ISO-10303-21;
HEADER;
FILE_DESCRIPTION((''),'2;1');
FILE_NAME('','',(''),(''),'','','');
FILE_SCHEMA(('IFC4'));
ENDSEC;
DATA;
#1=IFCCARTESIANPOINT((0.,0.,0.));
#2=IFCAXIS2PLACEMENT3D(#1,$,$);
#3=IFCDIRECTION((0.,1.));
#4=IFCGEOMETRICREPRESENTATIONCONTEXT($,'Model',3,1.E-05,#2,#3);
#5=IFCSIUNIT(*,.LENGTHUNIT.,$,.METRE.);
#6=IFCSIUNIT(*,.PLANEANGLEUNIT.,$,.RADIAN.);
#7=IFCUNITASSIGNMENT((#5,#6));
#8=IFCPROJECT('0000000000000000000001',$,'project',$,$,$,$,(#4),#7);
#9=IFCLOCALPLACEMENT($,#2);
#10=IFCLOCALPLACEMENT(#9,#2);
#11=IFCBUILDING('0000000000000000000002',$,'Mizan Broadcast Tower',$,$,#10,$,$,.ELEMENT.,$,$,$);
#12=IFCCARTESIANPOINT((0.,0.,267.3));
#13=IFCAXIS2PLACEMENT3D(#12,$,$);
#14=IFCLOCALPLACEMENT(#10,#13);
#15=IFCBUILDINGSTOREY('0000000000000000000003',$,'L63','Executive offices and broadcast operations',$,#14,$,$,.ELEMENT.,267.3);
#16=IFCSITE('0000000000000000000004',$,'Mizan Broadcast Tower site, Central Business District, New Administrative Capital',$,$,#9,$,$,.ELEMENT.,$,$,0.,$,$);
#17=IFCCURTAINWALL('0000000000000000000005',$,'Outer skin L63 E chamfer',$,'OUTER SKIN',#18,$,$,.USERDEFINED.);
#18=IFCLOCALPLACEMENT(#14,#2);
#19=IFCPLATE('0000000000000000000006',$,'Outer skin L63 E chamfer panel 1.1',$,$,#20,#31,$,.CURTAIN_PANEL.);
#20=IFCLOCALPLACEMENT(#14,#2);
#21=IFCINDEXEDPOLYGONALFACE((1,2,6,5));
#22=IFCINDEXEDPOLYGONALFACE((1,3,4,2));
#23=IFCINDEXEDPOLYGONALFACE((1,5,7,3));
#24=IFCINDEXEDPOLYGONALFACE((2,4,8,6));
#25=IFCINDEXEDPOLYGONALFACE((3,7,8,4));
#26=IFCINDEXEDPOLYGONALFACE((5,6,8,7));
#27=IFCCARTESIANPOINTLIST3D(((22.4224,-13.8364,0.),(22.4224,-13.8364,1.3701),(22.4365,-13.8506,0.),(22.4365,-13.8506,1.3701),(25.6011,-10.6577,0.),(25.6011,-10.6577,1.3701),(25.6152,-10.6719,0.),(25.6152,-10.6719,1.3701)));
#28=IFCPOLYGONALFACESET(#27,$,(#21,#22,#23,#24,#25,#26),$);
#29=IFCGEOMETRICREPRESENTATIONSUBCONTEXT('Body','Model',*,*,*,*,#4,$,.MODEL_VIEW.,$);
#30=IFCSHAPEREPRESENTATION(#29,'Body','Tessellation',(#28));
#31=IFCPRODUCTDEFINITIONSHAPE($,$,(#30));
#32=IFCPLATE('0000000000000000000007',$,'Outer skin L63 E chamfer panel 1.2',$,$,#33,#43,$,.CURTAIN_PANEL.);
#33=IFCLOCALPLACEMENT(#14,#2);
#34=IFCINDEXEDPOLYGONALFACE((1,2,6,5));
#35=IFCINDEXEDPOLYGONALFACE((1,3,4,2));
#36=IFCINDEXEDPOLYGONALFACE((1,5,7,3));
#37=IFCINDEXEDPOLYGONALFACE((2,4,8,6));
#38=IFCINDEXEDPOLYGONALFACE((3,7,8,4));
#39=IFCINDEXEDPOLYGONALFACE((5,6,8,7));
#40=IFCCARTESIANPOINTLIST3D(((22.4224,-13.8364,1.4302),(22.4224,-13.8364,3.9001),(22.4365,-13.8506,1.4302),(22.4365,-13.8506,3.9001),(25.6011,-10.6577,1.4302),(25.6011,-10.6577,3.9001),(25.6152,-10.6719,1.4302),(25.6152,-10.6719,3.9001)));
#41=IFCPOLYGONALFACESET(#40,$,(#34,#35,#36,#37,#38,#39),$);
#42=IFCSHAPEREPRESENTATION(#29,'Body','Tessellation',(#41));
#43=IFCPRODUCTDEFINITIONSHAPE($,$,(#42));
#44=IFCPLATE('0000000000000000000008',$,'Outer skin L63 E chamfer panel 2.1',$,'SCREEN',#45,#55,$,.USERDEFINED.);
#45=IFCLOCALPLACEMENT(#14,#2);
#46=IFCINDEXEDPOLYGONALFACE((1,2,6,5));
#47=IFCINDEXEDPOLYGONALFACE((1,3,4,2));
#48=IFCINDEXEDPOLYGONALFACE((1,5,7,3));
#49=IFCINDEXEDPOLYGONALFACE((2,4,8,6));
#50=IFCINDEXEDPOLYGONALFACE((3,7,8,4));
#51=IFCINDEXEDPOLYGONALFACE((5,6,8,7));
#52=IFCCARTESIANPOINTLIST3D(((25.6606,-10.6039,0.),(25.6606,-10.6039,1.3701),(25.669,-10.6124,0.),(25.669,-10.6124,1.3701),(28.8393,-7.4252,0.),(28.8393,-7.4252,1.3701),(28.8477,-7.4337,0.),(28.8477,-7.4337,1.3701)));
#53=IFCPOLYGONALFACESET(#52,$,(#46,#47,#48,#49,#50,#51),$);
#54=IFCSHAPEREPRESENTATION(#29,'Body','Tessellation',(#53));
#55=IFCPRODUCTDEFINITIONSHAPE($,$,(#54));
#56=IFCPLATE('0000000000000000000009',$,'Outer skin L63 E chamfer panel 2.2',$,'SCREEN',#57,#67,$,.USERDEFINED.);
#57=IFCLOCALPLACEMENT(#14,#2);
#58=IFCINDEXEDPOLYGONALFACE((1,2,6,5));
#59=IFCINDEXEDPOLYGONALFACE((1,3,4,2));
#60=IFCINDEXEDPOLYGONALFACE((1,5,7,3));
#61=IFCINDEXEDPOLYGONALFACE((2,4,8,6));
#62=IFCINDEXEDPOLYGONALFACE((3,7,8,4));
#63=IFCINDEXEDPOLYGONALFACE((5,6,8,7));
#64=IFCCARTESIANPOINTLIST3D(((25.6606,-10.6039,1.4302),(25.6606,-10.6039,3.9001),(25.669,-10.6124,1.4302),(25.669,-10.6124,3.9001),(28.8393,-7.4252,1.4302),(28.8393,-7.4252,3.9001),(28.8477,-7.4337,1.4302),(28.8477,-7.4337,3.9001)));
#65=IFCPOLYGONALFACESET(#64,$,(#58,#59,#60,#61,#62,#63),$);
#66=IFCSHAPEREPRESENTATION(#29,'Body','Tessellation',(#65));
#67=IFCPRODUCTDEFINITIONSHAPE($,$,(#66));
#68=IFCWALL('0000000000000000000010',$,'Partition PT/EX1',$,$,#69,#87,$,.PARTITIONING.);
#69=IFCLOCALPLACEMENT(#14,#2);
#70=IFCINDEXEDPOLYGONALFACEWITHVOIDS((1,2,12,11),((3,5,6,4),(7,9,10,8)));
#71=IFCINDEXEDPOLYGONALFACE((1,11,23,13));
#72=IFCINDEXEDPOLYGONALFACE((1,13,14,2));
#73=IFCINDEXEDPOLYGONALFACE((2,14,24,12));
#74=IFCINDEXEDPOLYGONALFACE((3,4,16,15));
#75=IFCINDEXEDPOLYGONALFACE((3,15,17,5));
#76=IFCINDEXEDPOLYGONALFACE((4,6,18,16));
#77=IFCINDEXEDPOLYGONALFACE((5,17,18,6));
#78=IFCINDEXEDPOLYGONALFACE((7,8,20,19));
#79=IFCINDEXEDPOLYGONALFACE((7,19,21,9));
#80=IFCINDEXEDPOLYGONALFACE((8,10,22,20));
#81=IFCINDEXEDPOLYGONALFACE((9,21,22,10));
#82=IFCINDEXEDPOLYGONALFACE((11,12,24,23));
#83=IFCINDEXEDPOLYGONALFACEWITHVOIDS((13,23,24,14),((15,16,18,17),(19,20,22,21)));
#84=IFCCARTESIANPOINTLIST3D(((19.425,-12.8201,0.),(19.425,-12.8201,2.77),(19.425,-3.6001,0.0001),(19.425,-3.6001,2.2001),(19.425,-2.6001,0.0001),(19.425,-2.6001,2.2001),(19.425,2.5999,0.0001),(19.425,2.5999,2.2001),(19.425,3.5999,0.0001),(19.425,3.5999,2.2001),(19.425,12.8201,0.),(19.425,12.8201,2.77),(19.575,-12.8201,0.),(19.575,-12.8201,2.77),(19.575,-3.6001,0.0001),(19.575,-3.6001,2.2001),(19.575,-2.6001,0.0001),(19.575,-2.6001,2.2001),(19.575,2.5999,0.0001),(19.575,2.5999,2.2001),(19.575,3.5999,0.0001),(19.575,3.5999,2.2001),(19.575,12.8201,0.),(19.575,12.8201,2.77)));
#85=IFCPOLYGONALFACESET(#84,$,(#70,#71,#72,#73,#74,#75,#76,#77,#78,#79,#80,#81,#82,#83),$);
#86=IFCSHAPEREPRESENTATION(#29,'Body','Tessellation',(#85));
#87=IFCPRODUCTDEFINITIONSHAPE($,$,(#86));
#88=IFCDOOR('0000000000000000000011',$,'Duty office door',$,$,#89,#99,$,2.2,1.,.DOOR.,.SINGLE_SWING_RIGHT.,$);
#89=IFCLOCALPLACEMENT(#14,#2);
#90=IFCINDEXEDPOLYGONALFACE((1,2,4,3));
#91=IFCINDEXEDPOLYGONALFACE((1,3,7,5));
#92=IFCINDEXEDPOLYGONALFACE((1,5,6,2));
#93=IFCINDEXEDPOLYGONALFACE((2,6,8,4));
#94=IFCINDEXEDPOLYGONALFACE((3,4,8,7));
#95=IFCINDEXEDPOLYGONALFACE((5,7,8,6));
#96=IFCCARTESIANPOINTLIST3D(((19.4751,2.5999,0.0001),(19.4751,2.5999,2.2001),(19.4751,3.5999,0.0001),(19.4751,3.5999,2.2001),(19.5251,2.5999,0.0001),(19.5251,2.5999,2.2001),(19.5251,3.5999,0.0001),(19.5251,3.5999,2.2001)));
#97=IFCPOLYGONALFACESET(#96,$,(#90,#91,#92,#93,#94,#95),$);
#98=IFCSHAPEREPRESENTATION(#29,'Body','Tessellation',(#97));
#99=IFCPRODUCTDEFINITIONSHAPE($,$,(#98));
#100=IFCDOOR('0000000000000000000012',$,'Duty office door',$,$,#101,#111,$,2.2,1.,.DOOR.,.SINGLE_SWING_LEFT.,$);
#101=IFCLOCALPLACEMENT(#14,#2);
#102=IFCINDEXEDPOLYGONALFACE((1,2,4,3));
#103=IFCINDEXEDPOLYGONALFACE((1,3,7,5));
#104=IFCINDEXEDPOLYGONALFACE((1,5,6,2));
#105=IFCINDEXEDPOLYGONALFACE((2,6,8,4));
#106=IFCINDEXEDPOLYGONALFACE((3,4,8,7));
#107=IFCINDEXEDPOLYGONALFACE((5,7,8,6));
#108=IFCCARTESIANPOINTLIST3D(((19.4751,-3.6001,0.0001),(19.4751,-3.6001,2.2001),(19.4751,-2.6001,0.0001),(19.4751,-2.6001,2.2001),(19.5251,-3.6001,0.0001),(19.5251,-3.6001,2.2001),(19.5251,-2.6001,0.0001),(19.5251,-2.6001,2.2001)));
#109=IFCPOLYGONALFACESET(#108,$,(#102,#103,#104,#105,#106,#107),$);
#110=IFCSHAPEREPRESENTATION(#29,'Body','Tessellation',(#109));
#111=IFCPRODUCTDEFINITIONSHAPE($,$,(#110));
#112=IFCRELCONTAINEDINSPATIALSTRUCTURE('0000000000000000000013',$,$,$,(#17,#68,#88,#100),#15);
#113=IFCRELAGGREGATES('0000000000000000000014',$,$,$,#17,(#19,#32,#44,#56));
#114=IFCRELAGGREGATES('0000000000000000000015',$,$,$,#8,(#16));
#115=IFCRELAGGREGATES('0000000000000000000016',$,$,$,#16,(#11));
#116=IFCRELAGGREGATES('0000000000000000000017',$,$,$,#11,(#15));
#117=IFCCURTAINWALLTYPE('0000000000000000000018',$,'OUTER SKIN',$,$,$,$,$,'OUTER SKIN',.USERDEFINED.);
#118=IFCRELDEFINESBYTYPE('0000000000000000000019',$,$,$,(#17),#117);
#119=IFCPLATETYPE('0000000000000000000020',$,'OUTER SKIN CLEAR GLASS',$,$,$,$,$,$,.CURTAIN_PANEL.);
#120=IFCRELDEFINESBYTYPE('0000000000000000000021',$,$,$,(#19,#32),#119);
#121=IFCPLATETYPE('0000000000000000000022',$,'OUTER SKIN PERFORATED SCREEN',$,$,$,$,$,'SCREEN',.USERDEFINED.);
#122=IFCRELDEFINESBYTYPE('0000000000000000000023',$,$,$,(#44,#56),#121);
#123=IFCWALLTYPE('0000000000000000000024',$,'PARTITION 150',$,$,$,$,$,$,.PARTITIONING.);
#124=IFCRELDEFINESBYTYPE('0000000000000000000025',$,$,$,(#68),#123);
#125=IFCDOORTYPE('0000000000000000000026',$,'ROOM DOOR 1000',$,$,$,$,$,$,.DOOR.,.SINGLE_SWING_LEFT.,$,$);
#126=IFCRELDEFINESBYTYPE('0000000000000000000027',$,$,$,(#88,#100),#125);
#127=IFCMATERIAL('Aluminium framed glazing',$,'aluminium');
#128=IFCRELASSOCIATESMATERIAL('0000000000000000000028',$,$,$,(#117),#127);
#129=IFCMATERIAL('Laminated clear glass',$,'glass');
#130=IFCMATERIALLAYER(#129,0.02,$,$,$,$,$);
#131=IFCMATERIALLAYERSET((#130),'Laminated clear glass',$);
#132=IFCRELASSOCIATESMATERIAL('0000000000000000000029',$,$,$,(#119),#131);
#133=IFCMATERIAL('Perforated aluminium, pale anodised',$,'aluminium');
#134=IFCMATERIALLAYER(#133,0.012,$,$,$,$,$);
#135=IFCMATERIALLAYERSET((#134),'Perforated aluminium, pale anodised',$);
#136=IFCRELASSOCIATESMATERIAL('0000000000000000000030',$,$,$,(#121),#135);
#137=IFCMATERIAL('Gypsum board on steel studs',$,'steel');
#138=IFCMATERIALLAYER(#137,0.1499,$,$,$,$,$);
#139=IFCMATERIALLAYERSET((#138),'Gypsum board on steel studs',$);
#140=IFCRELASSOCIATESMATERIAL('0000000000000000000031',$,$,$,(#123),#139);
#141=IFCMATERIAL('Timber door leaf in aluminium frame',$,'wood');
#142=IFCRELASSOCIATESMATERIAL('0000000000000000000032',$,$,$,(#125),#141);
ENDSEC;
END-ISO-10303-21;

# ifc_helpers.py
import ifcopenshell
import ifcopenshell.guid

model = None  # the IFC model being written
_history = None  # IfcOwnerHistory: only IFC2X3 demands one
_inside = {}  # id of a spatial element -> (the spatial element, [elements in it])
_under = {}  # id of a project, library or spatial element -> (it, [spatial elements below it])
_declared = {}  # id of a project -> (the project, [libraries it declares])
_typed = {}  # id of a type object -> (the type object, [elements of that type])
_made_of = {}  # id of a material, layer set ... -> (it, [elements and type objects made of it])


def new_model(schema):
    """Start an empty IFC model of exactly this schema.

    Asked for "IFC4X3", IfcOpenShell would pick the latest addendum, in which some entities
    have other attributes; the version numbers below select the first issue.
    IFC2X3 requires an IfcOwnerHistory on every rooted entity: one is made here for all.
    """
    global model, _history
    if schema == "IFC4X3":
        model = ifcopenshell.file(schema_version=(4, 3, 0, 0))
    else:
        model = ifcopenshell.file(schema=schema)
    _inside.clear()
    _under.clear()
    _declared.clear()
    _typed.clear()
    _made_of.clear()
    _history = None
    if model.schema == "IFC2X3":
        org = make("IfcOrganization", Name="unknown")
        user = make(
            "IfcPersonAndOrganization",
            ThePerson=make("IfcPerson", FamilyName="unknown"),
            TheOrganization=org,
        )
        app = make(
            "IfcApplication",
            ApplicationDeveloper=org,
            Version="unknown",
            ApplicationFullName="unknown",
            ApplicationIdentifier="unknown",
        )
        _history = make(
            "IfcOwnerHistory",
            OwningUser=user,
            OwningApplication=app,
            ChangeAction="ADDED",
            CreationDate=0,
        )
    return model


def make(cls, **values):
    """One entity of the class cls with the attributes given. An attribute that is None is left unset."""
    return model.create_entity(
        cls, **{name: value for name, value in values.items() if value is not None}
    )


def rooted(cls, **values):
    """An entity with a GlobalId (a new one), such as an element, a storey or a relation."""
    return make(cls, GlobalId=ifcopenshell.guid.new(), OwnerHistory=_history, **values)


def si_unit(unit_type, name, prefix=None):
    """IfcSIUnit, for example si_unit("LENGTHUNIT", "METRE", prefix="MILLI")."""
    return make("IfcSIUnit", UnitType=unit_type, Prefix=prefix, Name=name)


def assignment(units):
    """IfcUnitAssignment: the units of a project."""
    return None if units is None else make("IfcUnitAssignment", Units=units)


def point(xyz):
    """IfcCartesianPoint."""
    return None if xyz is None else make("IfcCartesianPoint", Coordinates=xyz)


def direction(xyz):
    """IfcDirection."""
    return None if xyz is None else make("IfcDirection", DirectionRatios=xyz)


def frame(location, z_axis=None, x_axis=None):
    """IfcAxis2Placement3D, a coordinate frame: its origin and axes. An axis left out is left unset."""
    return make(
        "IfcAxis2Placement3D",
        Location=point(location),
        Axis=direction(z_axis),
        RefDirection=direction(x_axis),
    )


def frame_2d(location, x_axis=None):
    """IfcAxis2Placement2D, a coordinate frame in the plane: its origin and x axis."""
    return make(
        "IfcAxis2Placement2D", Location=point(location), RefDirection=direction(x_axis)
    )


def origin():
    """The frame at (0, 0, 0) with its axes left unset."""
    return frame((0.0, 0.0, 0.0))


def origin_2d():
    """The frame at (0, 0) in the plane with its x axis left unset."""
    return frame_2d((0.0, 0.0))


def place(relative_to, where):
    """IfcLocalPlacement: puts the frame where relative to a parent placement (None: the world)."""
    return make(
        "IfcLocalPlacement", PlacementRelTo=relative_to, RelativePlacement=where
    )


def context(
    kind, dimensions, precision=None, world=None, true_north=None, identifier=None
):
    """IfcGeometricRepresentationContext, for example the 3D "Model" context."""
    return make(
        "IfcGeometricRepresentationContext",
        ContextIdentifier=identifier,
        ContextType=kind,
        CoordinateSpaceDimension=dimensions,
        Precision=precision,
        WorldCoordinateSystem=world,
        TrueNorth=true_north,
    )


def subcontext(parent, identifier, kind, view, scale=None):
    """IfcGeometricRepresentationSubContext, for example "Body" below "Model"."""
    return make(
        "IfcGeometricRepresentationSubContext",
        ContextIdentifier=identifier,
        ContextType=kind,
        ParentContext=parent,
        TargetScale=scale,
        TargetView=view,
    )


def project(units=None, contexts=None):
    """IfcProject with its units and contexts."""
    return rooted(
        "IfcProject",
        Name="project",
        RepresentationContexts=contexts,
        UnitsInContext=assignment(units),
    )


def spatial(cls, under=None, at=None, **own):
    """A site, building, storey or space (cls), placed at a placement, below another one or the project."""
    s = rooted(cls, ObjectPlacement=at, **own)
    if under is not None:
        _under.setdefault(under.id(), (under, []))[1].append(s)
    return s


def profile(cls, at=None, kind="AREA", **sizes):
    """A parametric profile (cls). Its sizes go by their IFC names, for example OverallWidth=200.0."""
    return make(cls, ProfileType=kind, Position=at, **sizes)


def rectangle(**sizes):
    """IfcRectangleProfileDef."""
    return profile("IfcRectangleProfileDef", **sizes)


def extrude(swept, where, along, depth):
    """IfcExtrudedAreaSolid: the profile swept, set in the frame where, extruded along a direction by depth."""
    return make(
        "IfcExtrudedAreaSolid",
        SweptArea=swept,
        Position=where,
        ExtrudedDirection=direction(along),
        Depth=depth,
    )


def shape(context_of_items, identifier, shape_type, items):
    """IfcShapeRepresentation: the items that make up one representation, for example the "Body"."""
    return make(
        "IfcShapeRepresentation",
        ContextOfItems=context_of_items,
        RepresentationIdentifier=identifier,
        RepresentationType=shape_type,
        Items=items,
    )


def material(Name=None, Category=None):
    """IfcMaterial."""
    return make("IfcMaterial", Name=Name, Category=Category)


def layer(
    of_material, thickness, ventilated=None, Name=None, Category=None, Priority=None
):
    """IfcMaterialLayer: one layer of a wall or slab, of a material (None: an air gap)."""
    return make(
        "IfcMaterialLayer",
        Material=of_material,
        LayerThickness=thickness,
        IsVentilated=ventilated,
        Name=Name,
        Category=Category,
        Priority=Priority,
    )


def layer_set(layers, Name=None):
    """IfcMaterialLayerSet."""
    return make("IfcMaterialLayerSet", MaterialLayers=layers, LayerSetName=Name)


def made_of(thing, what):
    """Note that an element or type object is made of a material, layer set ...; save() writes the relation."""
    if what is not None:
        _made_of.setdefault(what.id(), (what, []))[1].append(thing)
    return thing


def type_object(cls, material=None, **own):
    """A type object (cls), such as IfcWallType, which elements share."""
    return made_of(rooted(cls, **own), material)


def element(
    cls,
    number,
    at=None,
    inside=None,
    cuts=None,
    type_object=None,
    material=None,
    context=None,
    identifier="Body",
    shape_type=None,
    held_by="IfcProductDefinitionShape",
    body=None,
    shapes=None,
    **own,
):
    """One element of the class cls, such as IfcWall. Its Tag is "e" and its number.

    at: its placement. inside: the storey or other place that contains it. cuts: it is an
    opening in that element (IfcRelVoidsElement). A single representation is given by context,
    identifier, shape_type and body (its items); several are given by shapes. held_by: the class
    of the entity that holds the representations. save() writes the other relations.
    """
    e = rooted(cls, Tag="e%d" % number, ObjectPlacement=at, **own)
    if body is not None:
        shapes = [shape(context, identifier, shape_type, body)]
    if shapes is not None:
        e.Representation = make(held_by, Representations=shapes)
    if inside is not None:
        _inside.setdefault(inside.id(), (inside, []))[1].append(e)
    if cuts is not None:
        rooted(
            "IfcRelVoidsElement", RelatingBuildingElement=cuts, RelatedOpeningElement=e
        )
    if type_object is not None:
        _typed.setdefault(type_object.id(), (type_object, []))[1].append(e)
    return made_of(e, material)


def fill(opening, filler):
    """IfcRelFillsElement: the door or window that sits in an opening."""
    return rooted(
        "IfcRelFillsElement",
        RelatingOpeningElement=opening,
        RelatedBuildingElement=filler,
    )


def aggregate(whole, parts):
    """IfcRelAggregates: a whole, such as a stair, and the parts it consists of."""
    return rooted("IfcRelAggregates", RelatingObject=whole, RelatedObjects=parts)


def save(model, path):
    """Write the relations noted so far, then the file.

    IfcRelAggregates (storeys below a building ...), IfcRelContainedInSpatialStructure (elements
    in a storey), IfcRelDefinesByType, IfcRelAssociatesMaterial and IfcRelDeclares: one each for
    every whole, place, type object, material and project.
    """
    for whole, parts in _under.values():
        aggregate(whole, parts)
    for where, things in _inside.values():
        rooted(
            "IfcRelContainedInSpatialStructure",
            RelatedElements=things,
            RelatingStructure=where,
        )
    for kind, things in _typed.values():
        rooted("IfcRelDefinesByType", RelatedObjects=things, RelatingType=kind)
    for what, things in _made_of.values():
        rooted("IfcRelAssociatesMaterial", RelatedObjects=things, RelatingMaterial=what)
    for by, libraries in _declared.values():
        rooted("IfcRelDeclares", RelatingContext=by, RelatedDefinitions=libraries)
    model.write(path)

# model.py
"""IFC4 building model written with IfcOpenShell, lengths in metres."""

from ifc_helpers import new_model, si_unit, direction, frame, frame_2d, origin, origin_2d, place, context, subcontext, project, spatial, rectangle, extrude, material, layer, layer_set, type_object, element, fill, aggregate, save


model = new_model("IFC4")

# Units and contexts
model_context = context("Model", 3, precision=1e-05, world=origin(), true_north=direction((0.0, 1.0)))
body_context = subcontext(model_context, "Body", "Model", "MODEL_VIEW")
ifc_project = project(units=[si_unit("LENGTHUNIT", "METRE"), si_unit("PLANEANGLEUNIT", "RADIAN")], contexts=[model_context])

# Site, building, storey
site_placement = place(None, origin())
site = spatial("IfcSite", under=ifc_project, at=site_placement, Name="Mizan Broadcast Tower site, Central Business District, New Administrative Capital", CompositionType="ELEMENT", RefElevation=0.0)
building_placement = place(site_placement, origin())
building = spatial("IfcBuilding", under=site, at=building_placement, Name="Mizan Broadcast Tower", CompositionType="ELEMENT")
storey_placement = place(building_placement, frame((0.0, 0.0, 267.3)))
storey = spatial("IfcBuildingStorey", under=building, at=storey_placement, Name="L63", Description="Executive offices and broadcast operations", CompositionType="ELEMENT", Elevation=267.3)

# Curtain wall
ifc_material_1 = material(Name="Aluminium framed glazing", Category="aluminium")
curtain_wall_type_1 = type_object("IfcCurtainWallType", Name="OUTER SKIN", ElementType="OUTER SKIN", PredefinedType="USERDEFINED", material=ifc_material_1)
curtain_wall_1_placement = place(storey_placement, origin())
curtain_wall_1 = element("IfcCurtainWall", 1, at=curtain_wall_1_placement, inside=storey, type_object=curtain_wall_type_1, Name="Outer skin L63 E chamfer", ObjectType="OUTER SKIN", PredefinedType="USERDEFINED")

# Plates
ifc_material_2 = material(Name="Laminated clear glass", Category="glass")
ifc_layer_1 = layer(ifc_material_2, 0.02)
ifc_layer_set_1 = layer_set([ifc_layer_1], Name="Laminated clear glass")
plate_type_1 = type_object("IfcPlateType", Name="OUTER SKIN CLEAR GLASS", PredefinedType="CURTAIN_PANEL", material=ifc_layer_set_1)
plate_1_placement = place(storey_placement, frame((24.0188, -12.2542, 0.0), z_axis=(0.0, 0.0, 1.0), x_axis=(0.707107, 0.707107, 0.0)))
plate_1 = element("IfcPlate", 2, at=plate_1_placement, type_object=plate_type_1, Name="Outer skin L63 E chamfer panel 1.1", PredefinedType="CURTAIN_PANEL", context=body_context, shape_type="SweptSolid", body=[
    extrude(rectangle(XDim=4.4954, YDim=0.02, at=origin_2d()), origin(), (0.0, 0.0, 1.0), 1.3701),
])
plate_2_placement = place(storey_placement, frame((24.0188, -12.2542, 1.4302), z_axis=(0.0, 0.0, 1.0), x_axis=(0.707107, 0.707107, 0.0)))
plate_2 = element("IfcPlate", 3, at=plate_2_placement, type_object=plate_type_1, Name="Outer skin L63 E chamfer panel 1.2", PredefinedType="CURTAIN_PANEL", context=body_context, shape_type="SweptSolid", body=[
    extrude(rectangle(XDim=4.4954, YDim=0.02, at=origin_2d()), origin(), (0.0, 0.0, 1.0), 2.47),
])
ifc_material_3 = material(Name="Perforated aluminium, pale anodised", Category="aluminium")
ifc_layer_2 = layer(ifc_material_3, 0.012)
ifc_layer_set_2 = layer_set([ifc_layer_2], Name="Perforated aluminium, pale anodised")
plate_type_2 = type_object("IfcPlateType", Name="OUTER SKIN PERFORATED SCREEN", ElementType="SCREEN", PredefinedType="USERDEFINED", material=ifc_layer_set_2)
plate_3_placement = place(storey_placement, frame((27.2542, -9.0188, 0.0), z_axis=(0.0, 0.0, 1.0), x_axis=(0.707107, 0.707107, 0.0)))
plate_3 = element("IfcPlate", 4, at=plate_3_placement, type_object=plate_type_2, Name="Outer skin L63 E chamfer panel 2.1", ObjectType="SCREEN", PredefinedType="USERDEFINED", context=body_context, shape_type="SweptSolid", body=[
    extrude(rectangle(XDim=4.4954, YDim=0.012, at=origin_2d()), origin(), (0.0, 0.0, 1.0), 1.3701),
])
plate_4_placement = place(storey_placement, frame((27.2542, -9.0188, 1.4302), z_axis=(0.0, 0.0, 1.0), x_axis=(0.707107, 0.707107, 0.0)))
plate_4 = element("IfcPlate", 5, at=plate_4_placement, type_object=plate_type_2, Name="Outer skin L63 E chamfer panel 2.2", ObjectType="SCREEN", PredefinedType="USERDEFINED", context=body_context, shape_type="SweptSolid", body=[
    extrude(rectangle(XDim=4.4954, YDim=0.012, at=origin_2d()), origin(), (0.0, 0.0, 1.0), 2.47),
])
aggregate(curtain_wall_1, [plate_1, plate_2, plate_3, plate_4])

# Wall, openings, doors
ifc_material_4 = material(Name="Gypsum board on steel studs", Category="steel")
ifc_layer_3 = layer(ifc_material_4, 0.1499)
ifc_layer_set_3 = layer_set([ifc_layer_3], Name="Gypsum board on steel studs")
wall_type = type_object("IfcWallType", Name="PARTITION 150", PredefinedType="PARTITIONING", material=ifc_layer_set_3)
wall_placement = place(storey_placement, frame((19.5, -12.8201, 0.0), z_axis=(0.0, 0.0, 1.0), x_axis=(0.0, 1.0, 0.0)))
wall = element("IfcWall", 6, at=wall_placement, inside=storey, type_object=wall_type, Name="Partition PT/EX1", PredefinedType="PARTITIONING", context=body_context, shape_type="SweptSolid", body=[
    extrude(rectangle(XDim=25.6401, YDim=0.1499, at=frame_2d((12.8201, 0.0))), origin(), (0.0, 0.0, 1.0), 2.77),
])
opening_1_placement = place(wall_placement, frame((15.4199, 0.0, 0.0)))
opening_1 = element("IfcOpeningElement", 7, at=opening_1_placement, cuts=wall, PredefinedType="OPENING", context=body_context, shape_type="SweptSolid", body=[
    extrude(rectangle(XDim=1.0, YDim=2.2, at=frame_2d((0.5, 1.1001))), frame((0.0, 0.085, 0.0), z_axis=(0.0, -1.0, 0.0), x_axis=(1.0, 0.0, 0.0)), (0.0, 0.0, 1.0), 0.1699),
])
opening_2_placement = place(wall_placement, frame((9.22, 0.0, 0.0)))
opening_2 = element("IfcOpeningElement", 8, at=opening_2_placement, cuts=wall, PredefinedType="OPENING", context=body_context, shape_type="SweptSolid", body=[
    extrude(rectangle(XDim=1.0, YDim=2.2, at=frame_2d((0.5, 1.1001))), frame((0.0, 0.085, 0.0), z_axis=(0.0, -1.0, 0.0), x_axis=(1.0, 0.0, 0.0)), (0.0, 0.0, 1.0), 0.1699),
])
ifc_material_5 = material(Name="Timber door leaf in aluminium frame", Category="wood")
door_type = type_object("IfcDoorType", Name="ROOM DOOR 1000", OperationType="SINGLE_SWING_LEFT", PredefinedType="DOOR", material=ifc_material_5)
door_1_placement = place(opening_1_placement, origin())
door_1 = element("IfcDoor", 9, at=door_1_placement, inside=storey, type_object=door_type, Name="Duty office door", OperationType="SINGLE_SWING_RIGHT", OverallHeight=2.2, OverallWidth=1.0, PredefinedType="DOOR", context=body_context, shape_type="SweptSolid", body=[
    extrude(rectangle(XDim=1.0, YDim=2.2, at=frame_2d((0.5, 1.1001))), frame((0.0, 0.0249, 0.0), z_axis=(0.0, -1.0, 0.0), x_axis=(1.0, 0.0, 0.0)), (0.0, 0.0, 1.0), 0.05),
])
fill(opening_1, door_1)
door_2_placement = place(opening_2_placement, origin())
door_2 = element("IfcDoor", 10, at=door_2_placement, inside=storey, type_object=door_type, Name="Duty office door", OperationType="SINGLE_SWING_LEFT", OverallHeight=2.2, OverallWidth=1.0, PredefinedType="DOOR", context=body_context, shape_type="SweptSolid", body=[
    extrude(rectangle(XDim=1.0, YDim=2.2, at=frame_2d((0.5, 1.1001))), frame((0.0, 0.0249, 0.0), z_axis=(0.0, -1.0, 0.0), x_axis=(1.0, 0.0, 0.0)), (0.0, 0.0, 1.0), 0.05),
])
fill(opening_2, door_2)

save(model, "model.ifc")
